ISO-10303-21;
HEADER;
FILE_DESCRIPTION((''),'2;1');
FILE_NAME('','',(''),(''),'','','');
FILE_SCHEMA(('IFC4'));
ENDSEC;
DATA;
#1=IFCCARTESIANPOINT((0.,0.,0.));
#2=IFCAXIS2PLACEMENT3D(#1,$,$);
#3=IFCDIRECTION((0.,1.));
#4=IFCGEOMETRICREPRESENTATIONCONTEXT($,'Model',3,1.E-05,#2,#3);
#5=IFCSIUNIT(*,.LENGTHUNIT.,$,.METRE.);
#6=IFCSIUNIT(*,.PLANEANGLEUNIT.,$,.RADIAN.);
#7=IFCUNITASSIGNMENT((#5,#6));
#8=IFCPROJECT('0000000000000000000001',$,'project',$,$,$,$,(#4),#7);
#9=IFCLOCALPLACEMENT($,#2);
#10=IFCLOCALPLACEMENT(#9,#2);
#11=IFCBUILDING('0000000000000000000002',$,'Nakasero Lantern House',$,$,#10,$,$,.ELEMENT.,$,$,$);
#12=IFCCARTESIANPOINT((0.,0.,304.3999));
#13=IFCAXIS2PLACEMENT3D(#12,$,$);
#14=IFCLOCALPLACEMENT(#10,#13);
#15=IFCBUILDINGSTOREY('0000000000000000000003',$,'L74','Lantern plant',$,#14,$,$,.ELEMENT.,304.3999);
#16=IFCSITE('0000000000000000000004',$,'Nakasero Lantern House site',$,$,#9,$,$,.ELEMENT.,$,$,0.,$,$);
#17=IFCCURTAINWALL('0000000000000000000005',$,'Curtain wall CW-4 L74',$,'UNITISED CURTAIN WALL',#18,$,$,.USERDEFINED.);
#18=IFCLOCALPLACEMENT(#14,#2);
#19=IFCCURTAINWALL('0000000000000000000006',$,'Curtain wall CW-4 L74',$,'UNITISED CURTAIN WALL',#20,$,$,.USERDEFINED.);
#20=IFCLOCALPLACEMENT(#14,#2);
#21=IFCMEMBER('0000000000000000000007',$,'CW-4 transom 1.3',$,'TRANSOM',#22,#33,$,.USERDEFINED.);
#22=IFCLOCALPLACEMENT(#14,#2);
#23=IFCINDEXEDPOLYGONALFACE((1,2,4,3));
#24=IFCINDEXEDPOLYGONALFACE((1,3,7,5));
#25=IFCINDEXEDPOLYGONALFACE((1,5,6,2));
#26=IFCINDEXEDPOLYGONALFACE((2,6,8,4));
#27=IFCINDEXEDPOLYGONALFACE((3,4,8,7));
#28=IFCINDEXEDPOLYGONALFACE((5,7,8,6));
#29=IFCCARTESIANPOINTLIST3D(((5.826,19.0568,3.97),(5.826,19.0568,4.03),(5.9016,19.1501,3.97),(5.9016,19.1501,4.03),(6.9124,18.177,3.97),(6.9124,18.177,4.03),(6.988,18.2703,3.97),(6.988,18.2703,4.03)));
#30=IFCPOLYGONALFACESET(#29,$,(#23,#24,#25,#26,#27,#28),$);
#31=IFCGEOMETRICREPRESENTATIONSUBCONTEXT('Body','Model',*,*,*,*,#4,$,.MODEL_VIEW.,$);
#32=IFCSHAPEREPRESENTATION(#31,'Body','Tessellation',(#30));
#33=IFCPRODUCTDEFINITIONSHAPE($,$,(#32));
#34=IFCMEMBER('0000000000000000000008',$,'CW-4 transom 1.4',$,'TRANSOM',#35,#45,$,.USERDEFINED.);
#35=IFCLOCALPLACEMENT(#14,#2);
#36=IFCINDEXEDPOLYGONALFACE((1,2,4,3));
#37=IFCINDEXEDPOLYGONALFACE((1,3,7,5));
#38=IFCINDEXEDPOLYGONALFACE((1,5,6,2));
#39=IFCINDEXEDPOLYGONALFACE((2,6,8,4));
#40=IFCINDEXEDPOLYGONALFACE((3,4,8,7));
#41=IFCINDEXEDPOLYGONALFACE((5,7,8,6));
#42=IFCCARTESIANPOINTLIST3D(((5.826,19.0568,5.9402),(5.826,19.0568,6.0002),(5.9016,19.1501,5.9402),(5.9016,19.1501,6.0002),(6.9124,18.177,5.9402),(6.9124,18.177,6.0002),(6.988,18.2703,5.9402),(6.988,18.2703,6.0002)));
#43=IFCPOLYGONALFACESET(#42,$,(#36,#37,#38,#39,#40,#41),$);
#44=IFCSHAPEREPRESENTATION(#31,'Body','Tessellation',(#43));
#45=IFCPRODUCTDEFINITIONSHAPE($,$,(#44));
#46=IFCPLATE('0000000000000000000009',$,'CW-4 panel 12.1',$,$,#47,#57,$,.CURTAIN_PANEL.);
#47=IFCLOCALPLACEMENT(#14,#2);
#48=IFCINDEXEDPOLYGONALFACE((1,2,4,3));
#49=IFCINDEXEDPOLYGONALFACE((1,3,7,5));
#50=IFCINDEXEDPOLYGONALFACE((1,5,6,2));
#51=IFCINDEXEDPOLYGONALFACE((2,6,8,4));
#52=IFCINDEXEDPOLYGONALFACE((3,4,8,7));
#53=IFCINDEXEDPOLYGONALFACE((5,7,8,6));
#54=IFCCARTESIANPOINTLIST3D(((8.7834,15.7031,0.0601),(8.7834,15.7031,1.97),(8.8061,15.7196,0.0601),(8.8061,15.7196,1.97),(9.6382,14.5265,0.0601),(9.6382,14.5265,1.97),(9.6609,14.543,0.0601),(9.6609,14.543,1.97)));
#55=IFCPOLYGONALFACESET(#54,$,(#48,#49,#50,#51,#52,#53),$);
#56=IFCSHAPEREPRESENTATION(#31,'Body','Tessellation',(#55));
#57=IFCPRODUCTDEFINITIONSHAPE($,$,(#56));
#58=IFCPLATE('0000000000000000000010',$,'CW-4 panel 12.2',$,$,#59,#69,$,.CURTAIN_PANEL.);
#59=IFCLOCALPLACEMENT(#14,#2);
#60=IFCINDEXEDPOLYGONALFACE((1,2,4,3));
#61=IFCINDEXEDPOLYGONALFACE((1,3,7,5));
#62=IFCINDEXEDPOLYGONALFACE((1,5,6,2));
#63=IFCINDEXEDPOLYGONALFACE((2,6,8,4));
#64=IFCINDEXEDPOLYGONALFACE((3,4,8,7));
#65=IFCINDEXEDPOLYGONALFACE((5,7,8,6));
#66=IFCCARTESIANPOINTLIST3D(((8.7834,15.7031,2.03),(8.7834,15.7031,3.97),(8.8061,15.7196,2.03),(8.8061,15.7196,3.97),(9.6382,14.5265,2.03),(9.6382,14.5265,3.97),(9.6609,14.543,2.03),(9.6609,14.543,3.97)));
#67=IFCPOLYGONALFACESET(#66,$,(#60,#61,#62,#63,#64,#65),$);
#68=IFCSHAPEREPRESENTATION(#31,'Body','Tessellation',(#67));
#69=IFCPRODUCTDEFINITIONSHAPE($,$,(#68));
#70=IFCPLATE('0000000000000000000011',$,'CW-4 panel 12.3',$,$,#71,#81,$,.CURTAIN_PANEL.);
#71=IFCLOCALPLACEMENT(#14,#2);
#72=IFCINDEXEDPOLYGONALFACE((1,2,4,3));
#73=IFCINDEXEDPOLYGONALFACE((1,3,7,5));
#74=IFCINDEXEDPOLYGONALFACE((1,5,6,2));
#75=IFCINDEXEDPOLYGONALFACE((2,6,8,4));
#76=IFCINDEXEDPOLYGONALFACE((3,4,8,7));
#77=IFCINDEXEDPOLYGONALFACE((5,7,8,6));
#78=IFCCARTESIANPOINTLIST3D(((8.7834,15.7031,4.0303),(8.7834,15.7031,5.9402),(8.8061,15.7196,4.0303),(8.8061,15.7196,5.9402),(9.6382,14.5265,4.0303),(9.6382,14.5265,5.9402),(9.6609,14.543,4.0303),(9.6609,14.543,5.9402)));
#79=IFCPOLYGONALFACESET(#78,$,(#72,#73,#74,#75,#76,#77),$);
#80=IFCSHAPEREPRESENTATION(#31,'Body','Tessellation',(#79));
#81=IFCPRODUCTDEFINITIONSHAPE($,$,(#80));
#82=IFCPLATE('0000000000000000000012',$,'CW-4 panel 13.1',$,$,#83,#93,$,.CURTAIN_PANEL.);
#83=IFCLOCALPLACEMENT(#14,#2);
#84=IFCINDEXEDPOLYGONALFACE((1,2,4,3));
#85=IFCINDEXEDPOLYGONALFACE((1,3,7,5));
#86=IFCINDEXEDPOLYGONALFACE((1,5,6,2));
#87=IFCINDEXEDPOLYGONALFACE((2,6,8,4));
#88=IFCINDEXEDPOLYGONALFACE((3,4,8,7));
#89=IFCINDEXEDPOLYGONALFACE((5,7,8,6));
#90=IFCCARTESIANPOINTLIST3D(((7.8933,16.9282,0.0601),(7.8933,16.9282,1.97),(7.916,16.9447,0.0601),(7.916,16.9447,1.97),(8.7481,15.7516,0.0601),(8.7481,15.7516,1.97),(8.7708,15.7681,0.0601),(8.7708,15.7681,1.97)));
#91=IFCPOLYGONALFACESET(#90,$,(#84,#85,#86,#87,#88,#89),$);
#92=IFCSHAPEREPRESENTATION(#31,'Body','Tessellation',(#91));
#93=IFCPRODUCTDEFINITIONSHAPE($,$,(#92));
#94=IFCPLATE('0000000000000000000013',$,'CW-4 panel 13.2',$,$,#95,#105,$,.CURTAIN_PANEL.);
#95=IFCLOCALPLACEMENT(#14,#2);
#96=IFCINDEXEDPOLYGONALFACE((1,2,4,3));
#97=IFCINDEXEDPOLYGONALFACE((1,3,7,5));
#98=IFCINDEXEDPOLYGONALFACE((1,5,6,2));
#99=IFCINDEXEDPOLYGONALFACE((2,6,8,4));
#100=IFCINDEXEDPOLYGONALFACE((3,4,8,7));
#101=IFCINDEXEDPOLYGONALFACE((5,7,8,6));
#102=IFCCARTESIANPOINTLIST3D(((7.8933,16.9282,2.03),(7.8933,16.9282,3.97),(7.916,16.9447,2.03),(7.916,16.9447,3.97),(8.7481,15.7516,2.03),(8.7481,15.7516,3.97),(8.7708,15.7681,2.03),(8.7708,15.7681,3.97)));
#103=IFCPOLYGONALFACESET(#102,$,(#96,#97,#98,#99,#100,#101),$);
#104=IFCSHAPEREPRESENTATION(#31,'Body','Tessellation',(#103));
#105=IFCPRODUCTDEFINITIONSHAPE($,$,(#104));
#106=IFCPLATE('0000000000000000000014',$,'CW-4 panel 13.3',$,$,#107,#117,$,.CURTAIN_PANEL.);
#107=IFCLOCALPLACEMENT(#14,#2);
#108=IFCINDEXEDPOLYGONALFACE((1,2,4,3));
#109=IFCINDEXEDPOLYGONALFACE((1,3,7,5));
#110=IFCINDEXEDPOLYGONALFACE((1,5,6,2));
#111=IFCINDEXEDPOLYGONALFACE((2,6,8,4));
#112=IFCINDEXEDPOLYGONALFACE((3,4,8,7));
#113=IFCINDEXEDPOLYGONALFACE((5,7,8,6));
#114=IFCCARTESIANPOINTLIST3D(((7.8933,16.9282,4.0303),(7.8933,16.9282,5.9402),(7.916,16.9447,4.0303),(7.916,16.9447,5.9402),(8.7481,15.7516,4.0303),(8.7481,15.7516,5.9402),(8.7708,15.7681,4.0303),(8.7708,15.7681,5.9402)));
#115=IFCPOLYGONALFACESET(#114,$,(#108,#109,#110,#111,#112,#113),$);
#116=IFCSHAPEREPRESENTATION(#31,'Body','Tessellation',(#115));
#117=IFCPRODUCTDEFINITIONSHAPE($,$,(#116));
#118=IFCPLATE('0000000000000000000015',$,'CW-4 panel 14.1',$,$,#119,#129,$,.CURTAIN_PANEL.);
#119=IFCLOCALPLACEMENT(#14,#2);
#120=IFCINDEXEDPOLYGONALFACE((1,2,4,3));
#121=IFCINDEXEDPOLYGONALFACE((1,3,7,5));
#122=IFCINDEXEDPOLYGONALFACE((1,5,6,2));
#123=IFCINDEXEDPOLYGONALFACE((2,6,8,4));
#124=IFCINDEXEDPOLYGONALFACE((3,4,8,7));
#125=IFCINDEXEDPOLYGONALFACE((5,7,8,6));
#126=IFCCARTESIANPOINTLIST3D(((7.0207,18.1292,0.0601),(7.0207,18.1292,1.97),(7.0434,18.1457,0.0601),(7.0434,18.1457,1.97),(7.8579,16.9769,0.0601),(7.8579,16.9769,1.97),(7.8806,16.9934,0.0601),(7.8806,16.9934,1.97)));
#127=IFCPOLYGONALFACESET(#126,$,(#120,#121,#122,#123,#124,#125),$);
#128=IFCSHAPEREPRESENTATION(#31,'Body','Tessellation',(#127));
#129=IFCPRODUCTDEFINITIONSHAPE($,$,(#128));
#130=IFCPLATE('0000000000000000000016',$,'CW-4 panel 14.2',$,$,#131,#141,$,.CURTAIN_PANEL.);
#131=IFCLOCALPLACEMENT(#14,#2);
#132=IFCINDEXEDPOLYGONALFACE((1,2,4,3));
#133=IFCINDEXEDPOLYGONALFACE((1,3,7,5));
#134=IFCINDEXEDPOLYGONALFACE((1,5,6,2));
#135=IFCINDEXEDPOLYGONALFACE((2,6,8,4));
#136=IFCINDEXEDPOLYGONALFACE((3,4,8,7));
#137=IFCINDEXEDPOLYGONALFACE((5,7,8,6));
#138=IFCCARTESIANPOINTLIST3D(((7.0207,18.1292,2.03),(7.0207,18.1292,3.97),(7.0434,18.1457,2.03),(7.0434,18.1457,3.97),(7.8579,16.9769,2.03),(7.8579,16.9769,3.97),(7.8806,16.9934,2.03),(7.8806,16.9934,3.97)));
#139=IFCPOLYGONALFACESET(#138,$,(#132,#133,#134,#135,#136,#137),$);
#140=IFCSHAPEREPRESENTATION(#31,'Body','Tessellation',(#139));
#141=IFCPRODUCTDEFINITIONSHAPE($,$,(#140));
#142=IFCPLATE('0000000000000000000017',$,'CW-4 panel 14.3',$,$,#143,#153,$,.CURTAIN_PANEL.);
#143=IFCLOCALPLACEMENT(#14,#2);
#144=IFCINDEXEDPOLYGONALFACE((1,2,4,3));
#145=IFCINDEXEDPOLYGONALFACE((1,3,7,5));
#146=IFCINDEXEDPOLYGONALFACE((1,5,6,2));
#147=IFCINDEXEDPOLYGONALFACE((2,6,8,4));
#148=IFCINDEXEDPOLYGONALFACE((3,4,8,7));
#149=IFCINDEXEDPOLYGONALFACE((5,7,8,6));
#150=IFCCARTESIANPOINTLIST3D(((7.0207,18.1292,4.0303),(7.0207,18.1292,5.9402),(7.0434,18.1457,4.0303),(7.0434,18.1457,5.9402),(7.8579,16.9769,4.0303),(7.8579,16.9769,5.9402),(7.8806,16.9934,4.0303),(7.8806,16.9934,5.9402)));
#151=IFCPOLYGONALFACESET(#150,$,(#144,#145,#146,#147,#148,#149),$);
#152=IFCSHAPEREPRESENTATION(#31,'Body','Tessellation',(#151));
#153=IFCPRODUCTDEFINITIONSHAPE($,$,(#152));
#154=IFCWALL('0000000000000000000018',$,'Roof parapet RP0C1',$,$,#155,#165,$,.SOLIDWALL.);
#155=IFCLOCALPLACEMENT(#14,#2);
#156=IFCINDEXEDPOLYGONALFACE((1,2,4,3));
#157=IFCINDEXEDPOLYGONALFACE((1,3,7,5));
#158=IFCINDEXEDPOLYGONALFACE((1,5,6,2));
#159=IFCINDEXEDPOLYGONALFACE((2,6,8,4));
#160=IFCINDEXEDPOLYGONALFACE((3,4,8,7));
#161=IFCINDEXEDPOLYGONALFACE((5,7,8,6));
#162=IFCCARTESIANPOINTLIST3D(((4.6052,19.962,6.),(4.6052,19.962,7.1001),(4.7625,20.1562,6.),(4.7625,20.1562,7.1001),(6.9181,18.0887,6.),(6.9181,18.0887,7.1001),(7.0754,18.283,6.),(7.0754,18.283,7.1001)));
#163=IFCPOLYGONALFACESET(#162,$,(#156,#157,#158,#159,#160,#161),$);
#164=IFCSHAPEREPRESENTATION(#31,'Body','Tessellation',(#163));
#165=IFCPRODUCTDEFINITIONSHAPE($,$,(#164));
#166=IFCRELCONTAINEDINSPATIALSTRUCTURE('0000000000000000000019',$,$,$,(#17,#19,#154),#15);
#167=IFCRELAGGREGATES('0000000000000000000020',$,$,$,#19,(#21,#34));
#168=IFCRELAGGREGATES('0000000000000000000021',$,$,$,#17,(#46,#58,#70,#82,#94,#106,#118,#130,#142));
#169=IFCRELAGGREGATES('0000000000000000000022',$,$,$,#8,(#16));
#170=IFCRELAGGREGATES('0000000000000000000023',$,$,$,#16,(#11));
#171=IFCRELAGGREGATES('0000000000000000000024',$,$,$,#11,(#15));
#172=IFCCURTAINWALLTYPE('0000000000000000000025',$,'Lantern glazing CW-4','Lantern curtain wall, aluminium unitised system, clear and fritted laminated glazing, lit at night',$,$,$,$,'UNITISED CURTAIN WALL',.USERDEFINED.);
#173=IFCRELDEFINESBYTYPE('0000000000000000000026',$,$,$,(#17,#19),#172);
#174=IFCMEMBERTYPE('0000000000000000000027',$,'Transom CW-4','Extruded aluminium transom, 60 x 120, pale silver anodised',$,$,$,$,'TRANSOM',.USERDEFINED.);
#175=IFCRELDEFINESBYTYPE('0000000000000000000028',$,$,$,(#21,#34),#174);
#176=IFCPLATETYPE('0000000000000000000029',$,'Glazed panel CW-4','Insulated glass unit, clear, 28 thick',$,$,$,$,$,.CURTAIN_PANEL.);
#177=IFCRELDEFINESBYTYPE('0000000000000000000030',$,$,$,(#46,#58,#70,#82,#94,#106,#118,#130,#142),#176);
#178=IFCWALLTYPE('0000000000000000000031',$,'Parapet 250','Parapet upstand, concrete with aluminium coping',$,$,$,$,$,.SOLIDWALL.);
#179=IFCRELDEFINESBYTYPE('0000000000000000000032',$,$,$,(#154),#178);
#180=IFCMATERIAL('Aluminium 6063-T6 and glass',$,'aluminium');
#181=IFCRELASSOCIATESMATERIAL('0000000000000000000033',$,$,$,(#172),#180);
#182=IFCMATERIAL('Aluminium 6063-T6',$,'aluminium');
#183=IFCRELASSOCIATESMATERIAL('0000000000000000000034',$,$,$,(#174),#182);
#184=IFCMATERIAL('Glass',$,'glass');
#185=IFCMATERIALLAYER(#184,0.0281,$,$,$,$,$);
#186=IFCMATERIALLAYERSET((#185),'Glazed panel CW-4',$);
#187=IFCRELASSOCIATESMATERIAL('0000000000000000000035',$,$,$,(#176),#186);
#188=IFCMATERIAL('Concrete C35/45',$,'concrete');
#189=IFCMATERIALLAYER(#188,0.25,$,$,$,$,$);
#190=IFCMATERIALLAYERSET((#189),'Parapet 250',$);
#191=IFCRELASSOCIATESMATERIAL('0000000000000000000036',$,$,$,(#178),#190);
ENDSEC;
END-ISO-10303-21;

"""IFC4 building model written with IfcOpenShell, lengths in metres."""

from ifc_helpers import new_model, si_unit, direction, frame, frame_2d, origin, origin_2d, place, context, subcontext, project, spatial, rectangle, extrude, material, layer, layer_set, material_profile, profile_set, type_object, element, aggregate, save


model = new_model("IFC4")

# Units and contexts
model_context = context("Model", 3, precision=1e-05, world=origin(), true_north=direction((0.0, 1.0)))
body_context = subcontext(model_context, "Body", "Model", "MODEL_VIEW")
ifc_project = project(units=[si_unit("LENGTHUNIT", "METRE"), si_unit("PLANEANGLEUNIT", "RADIAN")], contexts=[model_context])

# Site, building, storey
site_placement = place(None, origin())
site = spatial("IfcSite", under=ifc_project, at=site_placement, Name="Nakasero Lantern House site", CompositionType="ELEMENT", RefElevation=0.0)
building_placement = place(site_placement, origin())
building = spatial("IfcBuilding", under=site, at=building_placement, Name="Nakasero Lantern House", CompositionType="ELEMENT")
storey_placement = place(building_placement, frame((0.0, 0.0, 304.3999)))
storey = spatial("IfcBuildingStorey", under=building, at=storey_placement, Name="L74", Description="Lantern plant", CompositionType="ELEMENT", Elevation=304.3999)

# Curtain wall
ifc_material_1 = material(Name="Aluminium 6063-T6 and glass", Category="aluminium")
curtain_wall_type = type_object("IfcCurtainWallType", Name="Lantern glazing CW-4", Description="Lantern curtain wall, aluminium unitised system, clear and fritted laminated glazing, lit at night", ElementType="UNITISED CURTAIN WALL", PredefinedType="USERDEFINED", material=ifc_material_1)
curtain_wall_1_placement = place(storey_placement, origin())
curtain_wall_1 = element("IfcCurtainWall", 1, at=curtain_wall_1_placement, inside=storey, type_object=curtain_wall_type, Name="Curtain wall CW-4 L74", ObjectType="UNITISED CURTAIN WALL", PredefinedType="USERDEFINED")

# Curtain wall
curtain_wall_2_placement = place(storey_placement, origin())
curtain_wall_2 = element("IfcCurtainWall", 2, at=curtain_wall_2_placement, inside=storey, type_object=curtain_wall_type, Name="Curtain wall CW-4 L74", ObjectType="UNITISED CURTAIN WALL", PredefinedType="USERDEFINED")

# Members
ifc_material_2 = material(Name="Aluminium 6063-T6", Category="aluminium")
ifc_material_profile_1 = material_profile(ifc_material_2, rectangle(XDim=0.0601, YDim=0.1201, at=origin_2d()), Name="CW-4 transom 60x120")
ifc_profile_set_1 = profile_set([ifc_material_profile_1], Name="Aluminium 6063-T6")
member_type_1 = type_object("IfcMemberType", Name="Transom CW-4", Description="Extruded aluminium transom, 60 x 120, pale silver anodised", ElementType="TRANSOM", PredefinedType="USERDEFINED", material=ifc_profile_set_1)
member_1_placement = place(storey_placement, frame((6.9502, 18.2236, 4.0), z_axis=(-0.777107, 0.629369, 0.0), x_axis=(0.0, 0.0, 1.0)))
member_1 = element("IfcMember", 3, at=member_1_placement, type_object=member_type_1, Name="CW-4 transom 1.3", ObjectType="TRANSOM", PredefinedType="USERDEFINED", context=body_context, shape_type="SweptSolid", body=[
    extrude(rectangle(XDim=0.0601, YDim=0.1201, at=origin_2d()), origin(), (0.0, 0.0, 1.0), 1.3979),
])
member_2_placement = place(storey_placement, frame((6.9502, 18.2236, 5.9702), z_axis=(-0.777107, 0.629369, 0.0), x_axis=(0.0, 0.0, 1.0)))
member_2 = element("IfcMember", 4, at=member_2_placement, type_object=member_type_1, Name="CW-4 transom 1.4", ObjectType="TRANSOM", PredefinedType="USERDEFINED", context=body_context, shape_type="SweptSolid", body=[
    extrude(rectangle(XDim=0.0601, YDim=0.1201, at=origin_2d()), origin(), (0.0, 0.0, 1.0), 1.3979),
])
aggregate(curtain_wall_2, [member_1, member_2])

# Plates
ifc_material_3 = material(Name="Glass", Category="glass")
ifc_layer_1 = layer(ifc_material_3, 0.0281)
ifc_layer_set_1 = layer_set([ifc_layer_1], Name="Glazed panel CW-4")
plate_type = type_object("IfcPlateType", Name="Glazed panel CW-4", Description="Insulated glass unit, clear, 28 thick", PredefinedType="CURTAIN_PANEL", material=ifc_layer_set_1)
plate_1_placement = place(storey_placement, frame((9.2222, 15.123, 0.0601), z_axis=(0.0, 0.0, 1.0), x_axis=(-0.587785, 0.809017, 0.0)))
plate_1 = element("IfcPlate", 5, at=plate_1_placement, type_object=plate_type, Name="CW-4 panel 12.1", PredefinedType="CURTAIN_PANEL", context=body_context, shape_type="SweptSolid", body=[
    extrude(rectangle(XDim=1.4543, YDim=0.0281, at=origin_2d()), origin(), (0.0, 0.0, 1.0), 1.9099),
])
plate_2_placement = place(storey_placement, frame((9.2222, 15.123, 2.03), z_axis=(0.0, 0.0, 1.0), x_axis=(-0.587785, 0.809017, 0.0)))
plate_2 = element("IfcPlate", 6, at=plate_2_placement, type_object=plate_type, Name="CW-4 panel 12.2", PredefinedType="CURTAIN_PANEL", context=body_context, shape_type="SweptSolid", body=[
    extrude(rectangle(XDim=1.4543, YDim=0.0281, at=origin_2d()), origin(), (0.0, 0.0, 1.0), 1.9399),
])
plate_3_placement = place(storey_placement, frame((9.2222, 15.123, 4.0303), z_axis=(0.0, 0.0, 1.0), x_axis=(-0.587785, 0.809017, 0.0)))
plate_3 = element("IfcPlate", 7, at=plate_3_placement, type_object=plate_type, Name="CW-4 panel 12.3", PredefinedType="CURTAIN_PANEL", context=body_context, shape_type="SweptSolid", body=[
    extrude(rectangle(XDim=1.4543, YDim=0.0281, at=origin_2d()), origin(), (0.0, 0.0, 1.0), 1.9099),
])
plate_4_placement = place(storey_placement, frame((8.332, 16.3481, 0.0601), z_axis=(0.0, 0.0, 1.0), x_axis=(-0.587785, 0.809017, 0.0)))
plate_4 = element("IfcPlate", 8, at=plate_4_placement, type_object=plate_type, Name="CW-4 panel 13.1", PredefinedType="CURTAIN_PANEL", context=body_context, shape_type="SweptSolid", body=[
    extrude(rectangle(XDim=1.4543, YDim=0.0281, at=origin_2d()), origin(), (0.0, 0.0, 1.0), 1.9099),
])
plate_5_placement = place(storey_placement, frame((8.332, 16.3481, 2.03), z_axis=(0.0, 0.0, 1.0), x_axis=(-0.587785, 0.809017, 0.0)))
plate_5 = element("IfcPlate", 9, at=plate_5_placement, type_object=plate_type, Name="CW-4 panel 13.2", PredefinedType="CURTAIN_PANEL", context=body_context, shape_type="SweptSolid", body=[
    extrude(rectangle(XDim=1.4543, YDim=0.0281, at=origin_2d()), origin(), (0.0, 0.0, 1.0), 1.9399),
])
plate_6_placement = place(storey_placement, frame((8.332, 16.3481, 4.0303), z_axis=(0.0, 0.0, 1.0), x_axis=(-0.587785, 0.809017, 0.0)))
plate_6 = element("IfcPlate", 10, at=plate_6_placement, type_object=plate_type, Name="CW-4 panel 13.3", PredefinedType="CURTAIN_PANEL", context=body_context, shape_type="SweptSolid", body=[
    extrude(rectangle(XDim=1.4543, YDim=0.0281, at=origin_2d()), origin(), (0.0, 0.0, 1.0), 1.9099),
])
plate_7_placement = place(storey_placement, frame((7.4507, 17.5613, 0.0601), z_axis=(0.0, 0.0, 1.0), x_axis=(-0.587785, 0.809017, 0.0)))
plate_7 = element("IfcPlate", 11, at=plate_7_placement, type_object=plate_type, Name="CW-4 panel 14.1", PredefinedType="CURTAIN_PANEL", context=body_context, shape_type="SweptSolid", body=[
    extrude(rectangle(XDim=1.4243, YDim=0.0281, at=origin_2d()), origin(), (0.0, 0.0, 1.0), 1.9099),
])
plate_8_placement = place(storey_placement, frame((7.4507, 17.5613, 2.03), z_axis=(0.0, 0.0, 1.0), x_axis=(-0.587785, 0.809017, 0.0)))
plate_8 = element("IfcPlate", 12, at=plate_8_placement, type_object=plate_type, Name="CW-4 panel 14.2", PredefinedType="CURTAIN_PANEL", context=body_context, shape_type="SweptSolid", body=[
    extrude(rectangle(XDim=1.4243, YDim=0.0281, at=origin_2d()), origin(), (0.0, 0.0, 1.0), 1.9399),
])
plate_9_placement = place(storey_placement, frame((7.4507, 17.5613, 4.0303), z_axis=(0.0, 0.0, 1.0), x_axis=(-0.587785, 0.809017, 0.0)))
plate_9 = element("IfcPlate", 13, at=plate_9_placement, type_object=plate_type, Name="CW-4 panel 14.3", PredefinedType="CURTAIN_PANEL", context=body_context, shape_type="SweptSolid", body=[
    extrude(rectangle(XDim=1.4243, YDim=0.0281, at=origin_2d()), origin(), (0.0, 0.0, 1.0), 1.9099),
])
aggregate(curtain_wall_1, [plate_1, plate_2, plate_3, plate_4, plate_5, plate_6, plate_7, plate_8, plate_9])

# Wall
ifc_material_4 = material(Name="Concrete C35/45", Category="concrete")
ifc_layer_2 = layer(ifc_material_4, 0.25)
ifc_layer_set_2 = layer_set([ifc_layer_2], Name="Parapet 250")
wall_type = type_object("IfcWallType", Name="Parapet 250", Description="Parapet upstand, concrete with aluminium coping", PredefinedType="SOLIDWALL", material=ifc_layer_set_2)
wall_placement = place(storey_placement, frame((6.9968, 18.1858, 6.0), z_axis=(0.0, 0.0, 1.0), x_axis=(-0.777102, 0.629375, 0.0)))
element("IfcWall", 14, at=wall_placement, inside=storey, type_object=wall_type, Name="Roof parapet RP0C1", PredefinedType="SOLIDWALL", context=body_context, shape_type="SweptSolid", body=[
    extrude(rectangle(XDim=2.9763, YDim=0.25, at=frame_2d((1.4883, 0.0))), origin(), (0.0, 0.0, 1.0), 1.1001),
])

save(model, "model.ifc")
